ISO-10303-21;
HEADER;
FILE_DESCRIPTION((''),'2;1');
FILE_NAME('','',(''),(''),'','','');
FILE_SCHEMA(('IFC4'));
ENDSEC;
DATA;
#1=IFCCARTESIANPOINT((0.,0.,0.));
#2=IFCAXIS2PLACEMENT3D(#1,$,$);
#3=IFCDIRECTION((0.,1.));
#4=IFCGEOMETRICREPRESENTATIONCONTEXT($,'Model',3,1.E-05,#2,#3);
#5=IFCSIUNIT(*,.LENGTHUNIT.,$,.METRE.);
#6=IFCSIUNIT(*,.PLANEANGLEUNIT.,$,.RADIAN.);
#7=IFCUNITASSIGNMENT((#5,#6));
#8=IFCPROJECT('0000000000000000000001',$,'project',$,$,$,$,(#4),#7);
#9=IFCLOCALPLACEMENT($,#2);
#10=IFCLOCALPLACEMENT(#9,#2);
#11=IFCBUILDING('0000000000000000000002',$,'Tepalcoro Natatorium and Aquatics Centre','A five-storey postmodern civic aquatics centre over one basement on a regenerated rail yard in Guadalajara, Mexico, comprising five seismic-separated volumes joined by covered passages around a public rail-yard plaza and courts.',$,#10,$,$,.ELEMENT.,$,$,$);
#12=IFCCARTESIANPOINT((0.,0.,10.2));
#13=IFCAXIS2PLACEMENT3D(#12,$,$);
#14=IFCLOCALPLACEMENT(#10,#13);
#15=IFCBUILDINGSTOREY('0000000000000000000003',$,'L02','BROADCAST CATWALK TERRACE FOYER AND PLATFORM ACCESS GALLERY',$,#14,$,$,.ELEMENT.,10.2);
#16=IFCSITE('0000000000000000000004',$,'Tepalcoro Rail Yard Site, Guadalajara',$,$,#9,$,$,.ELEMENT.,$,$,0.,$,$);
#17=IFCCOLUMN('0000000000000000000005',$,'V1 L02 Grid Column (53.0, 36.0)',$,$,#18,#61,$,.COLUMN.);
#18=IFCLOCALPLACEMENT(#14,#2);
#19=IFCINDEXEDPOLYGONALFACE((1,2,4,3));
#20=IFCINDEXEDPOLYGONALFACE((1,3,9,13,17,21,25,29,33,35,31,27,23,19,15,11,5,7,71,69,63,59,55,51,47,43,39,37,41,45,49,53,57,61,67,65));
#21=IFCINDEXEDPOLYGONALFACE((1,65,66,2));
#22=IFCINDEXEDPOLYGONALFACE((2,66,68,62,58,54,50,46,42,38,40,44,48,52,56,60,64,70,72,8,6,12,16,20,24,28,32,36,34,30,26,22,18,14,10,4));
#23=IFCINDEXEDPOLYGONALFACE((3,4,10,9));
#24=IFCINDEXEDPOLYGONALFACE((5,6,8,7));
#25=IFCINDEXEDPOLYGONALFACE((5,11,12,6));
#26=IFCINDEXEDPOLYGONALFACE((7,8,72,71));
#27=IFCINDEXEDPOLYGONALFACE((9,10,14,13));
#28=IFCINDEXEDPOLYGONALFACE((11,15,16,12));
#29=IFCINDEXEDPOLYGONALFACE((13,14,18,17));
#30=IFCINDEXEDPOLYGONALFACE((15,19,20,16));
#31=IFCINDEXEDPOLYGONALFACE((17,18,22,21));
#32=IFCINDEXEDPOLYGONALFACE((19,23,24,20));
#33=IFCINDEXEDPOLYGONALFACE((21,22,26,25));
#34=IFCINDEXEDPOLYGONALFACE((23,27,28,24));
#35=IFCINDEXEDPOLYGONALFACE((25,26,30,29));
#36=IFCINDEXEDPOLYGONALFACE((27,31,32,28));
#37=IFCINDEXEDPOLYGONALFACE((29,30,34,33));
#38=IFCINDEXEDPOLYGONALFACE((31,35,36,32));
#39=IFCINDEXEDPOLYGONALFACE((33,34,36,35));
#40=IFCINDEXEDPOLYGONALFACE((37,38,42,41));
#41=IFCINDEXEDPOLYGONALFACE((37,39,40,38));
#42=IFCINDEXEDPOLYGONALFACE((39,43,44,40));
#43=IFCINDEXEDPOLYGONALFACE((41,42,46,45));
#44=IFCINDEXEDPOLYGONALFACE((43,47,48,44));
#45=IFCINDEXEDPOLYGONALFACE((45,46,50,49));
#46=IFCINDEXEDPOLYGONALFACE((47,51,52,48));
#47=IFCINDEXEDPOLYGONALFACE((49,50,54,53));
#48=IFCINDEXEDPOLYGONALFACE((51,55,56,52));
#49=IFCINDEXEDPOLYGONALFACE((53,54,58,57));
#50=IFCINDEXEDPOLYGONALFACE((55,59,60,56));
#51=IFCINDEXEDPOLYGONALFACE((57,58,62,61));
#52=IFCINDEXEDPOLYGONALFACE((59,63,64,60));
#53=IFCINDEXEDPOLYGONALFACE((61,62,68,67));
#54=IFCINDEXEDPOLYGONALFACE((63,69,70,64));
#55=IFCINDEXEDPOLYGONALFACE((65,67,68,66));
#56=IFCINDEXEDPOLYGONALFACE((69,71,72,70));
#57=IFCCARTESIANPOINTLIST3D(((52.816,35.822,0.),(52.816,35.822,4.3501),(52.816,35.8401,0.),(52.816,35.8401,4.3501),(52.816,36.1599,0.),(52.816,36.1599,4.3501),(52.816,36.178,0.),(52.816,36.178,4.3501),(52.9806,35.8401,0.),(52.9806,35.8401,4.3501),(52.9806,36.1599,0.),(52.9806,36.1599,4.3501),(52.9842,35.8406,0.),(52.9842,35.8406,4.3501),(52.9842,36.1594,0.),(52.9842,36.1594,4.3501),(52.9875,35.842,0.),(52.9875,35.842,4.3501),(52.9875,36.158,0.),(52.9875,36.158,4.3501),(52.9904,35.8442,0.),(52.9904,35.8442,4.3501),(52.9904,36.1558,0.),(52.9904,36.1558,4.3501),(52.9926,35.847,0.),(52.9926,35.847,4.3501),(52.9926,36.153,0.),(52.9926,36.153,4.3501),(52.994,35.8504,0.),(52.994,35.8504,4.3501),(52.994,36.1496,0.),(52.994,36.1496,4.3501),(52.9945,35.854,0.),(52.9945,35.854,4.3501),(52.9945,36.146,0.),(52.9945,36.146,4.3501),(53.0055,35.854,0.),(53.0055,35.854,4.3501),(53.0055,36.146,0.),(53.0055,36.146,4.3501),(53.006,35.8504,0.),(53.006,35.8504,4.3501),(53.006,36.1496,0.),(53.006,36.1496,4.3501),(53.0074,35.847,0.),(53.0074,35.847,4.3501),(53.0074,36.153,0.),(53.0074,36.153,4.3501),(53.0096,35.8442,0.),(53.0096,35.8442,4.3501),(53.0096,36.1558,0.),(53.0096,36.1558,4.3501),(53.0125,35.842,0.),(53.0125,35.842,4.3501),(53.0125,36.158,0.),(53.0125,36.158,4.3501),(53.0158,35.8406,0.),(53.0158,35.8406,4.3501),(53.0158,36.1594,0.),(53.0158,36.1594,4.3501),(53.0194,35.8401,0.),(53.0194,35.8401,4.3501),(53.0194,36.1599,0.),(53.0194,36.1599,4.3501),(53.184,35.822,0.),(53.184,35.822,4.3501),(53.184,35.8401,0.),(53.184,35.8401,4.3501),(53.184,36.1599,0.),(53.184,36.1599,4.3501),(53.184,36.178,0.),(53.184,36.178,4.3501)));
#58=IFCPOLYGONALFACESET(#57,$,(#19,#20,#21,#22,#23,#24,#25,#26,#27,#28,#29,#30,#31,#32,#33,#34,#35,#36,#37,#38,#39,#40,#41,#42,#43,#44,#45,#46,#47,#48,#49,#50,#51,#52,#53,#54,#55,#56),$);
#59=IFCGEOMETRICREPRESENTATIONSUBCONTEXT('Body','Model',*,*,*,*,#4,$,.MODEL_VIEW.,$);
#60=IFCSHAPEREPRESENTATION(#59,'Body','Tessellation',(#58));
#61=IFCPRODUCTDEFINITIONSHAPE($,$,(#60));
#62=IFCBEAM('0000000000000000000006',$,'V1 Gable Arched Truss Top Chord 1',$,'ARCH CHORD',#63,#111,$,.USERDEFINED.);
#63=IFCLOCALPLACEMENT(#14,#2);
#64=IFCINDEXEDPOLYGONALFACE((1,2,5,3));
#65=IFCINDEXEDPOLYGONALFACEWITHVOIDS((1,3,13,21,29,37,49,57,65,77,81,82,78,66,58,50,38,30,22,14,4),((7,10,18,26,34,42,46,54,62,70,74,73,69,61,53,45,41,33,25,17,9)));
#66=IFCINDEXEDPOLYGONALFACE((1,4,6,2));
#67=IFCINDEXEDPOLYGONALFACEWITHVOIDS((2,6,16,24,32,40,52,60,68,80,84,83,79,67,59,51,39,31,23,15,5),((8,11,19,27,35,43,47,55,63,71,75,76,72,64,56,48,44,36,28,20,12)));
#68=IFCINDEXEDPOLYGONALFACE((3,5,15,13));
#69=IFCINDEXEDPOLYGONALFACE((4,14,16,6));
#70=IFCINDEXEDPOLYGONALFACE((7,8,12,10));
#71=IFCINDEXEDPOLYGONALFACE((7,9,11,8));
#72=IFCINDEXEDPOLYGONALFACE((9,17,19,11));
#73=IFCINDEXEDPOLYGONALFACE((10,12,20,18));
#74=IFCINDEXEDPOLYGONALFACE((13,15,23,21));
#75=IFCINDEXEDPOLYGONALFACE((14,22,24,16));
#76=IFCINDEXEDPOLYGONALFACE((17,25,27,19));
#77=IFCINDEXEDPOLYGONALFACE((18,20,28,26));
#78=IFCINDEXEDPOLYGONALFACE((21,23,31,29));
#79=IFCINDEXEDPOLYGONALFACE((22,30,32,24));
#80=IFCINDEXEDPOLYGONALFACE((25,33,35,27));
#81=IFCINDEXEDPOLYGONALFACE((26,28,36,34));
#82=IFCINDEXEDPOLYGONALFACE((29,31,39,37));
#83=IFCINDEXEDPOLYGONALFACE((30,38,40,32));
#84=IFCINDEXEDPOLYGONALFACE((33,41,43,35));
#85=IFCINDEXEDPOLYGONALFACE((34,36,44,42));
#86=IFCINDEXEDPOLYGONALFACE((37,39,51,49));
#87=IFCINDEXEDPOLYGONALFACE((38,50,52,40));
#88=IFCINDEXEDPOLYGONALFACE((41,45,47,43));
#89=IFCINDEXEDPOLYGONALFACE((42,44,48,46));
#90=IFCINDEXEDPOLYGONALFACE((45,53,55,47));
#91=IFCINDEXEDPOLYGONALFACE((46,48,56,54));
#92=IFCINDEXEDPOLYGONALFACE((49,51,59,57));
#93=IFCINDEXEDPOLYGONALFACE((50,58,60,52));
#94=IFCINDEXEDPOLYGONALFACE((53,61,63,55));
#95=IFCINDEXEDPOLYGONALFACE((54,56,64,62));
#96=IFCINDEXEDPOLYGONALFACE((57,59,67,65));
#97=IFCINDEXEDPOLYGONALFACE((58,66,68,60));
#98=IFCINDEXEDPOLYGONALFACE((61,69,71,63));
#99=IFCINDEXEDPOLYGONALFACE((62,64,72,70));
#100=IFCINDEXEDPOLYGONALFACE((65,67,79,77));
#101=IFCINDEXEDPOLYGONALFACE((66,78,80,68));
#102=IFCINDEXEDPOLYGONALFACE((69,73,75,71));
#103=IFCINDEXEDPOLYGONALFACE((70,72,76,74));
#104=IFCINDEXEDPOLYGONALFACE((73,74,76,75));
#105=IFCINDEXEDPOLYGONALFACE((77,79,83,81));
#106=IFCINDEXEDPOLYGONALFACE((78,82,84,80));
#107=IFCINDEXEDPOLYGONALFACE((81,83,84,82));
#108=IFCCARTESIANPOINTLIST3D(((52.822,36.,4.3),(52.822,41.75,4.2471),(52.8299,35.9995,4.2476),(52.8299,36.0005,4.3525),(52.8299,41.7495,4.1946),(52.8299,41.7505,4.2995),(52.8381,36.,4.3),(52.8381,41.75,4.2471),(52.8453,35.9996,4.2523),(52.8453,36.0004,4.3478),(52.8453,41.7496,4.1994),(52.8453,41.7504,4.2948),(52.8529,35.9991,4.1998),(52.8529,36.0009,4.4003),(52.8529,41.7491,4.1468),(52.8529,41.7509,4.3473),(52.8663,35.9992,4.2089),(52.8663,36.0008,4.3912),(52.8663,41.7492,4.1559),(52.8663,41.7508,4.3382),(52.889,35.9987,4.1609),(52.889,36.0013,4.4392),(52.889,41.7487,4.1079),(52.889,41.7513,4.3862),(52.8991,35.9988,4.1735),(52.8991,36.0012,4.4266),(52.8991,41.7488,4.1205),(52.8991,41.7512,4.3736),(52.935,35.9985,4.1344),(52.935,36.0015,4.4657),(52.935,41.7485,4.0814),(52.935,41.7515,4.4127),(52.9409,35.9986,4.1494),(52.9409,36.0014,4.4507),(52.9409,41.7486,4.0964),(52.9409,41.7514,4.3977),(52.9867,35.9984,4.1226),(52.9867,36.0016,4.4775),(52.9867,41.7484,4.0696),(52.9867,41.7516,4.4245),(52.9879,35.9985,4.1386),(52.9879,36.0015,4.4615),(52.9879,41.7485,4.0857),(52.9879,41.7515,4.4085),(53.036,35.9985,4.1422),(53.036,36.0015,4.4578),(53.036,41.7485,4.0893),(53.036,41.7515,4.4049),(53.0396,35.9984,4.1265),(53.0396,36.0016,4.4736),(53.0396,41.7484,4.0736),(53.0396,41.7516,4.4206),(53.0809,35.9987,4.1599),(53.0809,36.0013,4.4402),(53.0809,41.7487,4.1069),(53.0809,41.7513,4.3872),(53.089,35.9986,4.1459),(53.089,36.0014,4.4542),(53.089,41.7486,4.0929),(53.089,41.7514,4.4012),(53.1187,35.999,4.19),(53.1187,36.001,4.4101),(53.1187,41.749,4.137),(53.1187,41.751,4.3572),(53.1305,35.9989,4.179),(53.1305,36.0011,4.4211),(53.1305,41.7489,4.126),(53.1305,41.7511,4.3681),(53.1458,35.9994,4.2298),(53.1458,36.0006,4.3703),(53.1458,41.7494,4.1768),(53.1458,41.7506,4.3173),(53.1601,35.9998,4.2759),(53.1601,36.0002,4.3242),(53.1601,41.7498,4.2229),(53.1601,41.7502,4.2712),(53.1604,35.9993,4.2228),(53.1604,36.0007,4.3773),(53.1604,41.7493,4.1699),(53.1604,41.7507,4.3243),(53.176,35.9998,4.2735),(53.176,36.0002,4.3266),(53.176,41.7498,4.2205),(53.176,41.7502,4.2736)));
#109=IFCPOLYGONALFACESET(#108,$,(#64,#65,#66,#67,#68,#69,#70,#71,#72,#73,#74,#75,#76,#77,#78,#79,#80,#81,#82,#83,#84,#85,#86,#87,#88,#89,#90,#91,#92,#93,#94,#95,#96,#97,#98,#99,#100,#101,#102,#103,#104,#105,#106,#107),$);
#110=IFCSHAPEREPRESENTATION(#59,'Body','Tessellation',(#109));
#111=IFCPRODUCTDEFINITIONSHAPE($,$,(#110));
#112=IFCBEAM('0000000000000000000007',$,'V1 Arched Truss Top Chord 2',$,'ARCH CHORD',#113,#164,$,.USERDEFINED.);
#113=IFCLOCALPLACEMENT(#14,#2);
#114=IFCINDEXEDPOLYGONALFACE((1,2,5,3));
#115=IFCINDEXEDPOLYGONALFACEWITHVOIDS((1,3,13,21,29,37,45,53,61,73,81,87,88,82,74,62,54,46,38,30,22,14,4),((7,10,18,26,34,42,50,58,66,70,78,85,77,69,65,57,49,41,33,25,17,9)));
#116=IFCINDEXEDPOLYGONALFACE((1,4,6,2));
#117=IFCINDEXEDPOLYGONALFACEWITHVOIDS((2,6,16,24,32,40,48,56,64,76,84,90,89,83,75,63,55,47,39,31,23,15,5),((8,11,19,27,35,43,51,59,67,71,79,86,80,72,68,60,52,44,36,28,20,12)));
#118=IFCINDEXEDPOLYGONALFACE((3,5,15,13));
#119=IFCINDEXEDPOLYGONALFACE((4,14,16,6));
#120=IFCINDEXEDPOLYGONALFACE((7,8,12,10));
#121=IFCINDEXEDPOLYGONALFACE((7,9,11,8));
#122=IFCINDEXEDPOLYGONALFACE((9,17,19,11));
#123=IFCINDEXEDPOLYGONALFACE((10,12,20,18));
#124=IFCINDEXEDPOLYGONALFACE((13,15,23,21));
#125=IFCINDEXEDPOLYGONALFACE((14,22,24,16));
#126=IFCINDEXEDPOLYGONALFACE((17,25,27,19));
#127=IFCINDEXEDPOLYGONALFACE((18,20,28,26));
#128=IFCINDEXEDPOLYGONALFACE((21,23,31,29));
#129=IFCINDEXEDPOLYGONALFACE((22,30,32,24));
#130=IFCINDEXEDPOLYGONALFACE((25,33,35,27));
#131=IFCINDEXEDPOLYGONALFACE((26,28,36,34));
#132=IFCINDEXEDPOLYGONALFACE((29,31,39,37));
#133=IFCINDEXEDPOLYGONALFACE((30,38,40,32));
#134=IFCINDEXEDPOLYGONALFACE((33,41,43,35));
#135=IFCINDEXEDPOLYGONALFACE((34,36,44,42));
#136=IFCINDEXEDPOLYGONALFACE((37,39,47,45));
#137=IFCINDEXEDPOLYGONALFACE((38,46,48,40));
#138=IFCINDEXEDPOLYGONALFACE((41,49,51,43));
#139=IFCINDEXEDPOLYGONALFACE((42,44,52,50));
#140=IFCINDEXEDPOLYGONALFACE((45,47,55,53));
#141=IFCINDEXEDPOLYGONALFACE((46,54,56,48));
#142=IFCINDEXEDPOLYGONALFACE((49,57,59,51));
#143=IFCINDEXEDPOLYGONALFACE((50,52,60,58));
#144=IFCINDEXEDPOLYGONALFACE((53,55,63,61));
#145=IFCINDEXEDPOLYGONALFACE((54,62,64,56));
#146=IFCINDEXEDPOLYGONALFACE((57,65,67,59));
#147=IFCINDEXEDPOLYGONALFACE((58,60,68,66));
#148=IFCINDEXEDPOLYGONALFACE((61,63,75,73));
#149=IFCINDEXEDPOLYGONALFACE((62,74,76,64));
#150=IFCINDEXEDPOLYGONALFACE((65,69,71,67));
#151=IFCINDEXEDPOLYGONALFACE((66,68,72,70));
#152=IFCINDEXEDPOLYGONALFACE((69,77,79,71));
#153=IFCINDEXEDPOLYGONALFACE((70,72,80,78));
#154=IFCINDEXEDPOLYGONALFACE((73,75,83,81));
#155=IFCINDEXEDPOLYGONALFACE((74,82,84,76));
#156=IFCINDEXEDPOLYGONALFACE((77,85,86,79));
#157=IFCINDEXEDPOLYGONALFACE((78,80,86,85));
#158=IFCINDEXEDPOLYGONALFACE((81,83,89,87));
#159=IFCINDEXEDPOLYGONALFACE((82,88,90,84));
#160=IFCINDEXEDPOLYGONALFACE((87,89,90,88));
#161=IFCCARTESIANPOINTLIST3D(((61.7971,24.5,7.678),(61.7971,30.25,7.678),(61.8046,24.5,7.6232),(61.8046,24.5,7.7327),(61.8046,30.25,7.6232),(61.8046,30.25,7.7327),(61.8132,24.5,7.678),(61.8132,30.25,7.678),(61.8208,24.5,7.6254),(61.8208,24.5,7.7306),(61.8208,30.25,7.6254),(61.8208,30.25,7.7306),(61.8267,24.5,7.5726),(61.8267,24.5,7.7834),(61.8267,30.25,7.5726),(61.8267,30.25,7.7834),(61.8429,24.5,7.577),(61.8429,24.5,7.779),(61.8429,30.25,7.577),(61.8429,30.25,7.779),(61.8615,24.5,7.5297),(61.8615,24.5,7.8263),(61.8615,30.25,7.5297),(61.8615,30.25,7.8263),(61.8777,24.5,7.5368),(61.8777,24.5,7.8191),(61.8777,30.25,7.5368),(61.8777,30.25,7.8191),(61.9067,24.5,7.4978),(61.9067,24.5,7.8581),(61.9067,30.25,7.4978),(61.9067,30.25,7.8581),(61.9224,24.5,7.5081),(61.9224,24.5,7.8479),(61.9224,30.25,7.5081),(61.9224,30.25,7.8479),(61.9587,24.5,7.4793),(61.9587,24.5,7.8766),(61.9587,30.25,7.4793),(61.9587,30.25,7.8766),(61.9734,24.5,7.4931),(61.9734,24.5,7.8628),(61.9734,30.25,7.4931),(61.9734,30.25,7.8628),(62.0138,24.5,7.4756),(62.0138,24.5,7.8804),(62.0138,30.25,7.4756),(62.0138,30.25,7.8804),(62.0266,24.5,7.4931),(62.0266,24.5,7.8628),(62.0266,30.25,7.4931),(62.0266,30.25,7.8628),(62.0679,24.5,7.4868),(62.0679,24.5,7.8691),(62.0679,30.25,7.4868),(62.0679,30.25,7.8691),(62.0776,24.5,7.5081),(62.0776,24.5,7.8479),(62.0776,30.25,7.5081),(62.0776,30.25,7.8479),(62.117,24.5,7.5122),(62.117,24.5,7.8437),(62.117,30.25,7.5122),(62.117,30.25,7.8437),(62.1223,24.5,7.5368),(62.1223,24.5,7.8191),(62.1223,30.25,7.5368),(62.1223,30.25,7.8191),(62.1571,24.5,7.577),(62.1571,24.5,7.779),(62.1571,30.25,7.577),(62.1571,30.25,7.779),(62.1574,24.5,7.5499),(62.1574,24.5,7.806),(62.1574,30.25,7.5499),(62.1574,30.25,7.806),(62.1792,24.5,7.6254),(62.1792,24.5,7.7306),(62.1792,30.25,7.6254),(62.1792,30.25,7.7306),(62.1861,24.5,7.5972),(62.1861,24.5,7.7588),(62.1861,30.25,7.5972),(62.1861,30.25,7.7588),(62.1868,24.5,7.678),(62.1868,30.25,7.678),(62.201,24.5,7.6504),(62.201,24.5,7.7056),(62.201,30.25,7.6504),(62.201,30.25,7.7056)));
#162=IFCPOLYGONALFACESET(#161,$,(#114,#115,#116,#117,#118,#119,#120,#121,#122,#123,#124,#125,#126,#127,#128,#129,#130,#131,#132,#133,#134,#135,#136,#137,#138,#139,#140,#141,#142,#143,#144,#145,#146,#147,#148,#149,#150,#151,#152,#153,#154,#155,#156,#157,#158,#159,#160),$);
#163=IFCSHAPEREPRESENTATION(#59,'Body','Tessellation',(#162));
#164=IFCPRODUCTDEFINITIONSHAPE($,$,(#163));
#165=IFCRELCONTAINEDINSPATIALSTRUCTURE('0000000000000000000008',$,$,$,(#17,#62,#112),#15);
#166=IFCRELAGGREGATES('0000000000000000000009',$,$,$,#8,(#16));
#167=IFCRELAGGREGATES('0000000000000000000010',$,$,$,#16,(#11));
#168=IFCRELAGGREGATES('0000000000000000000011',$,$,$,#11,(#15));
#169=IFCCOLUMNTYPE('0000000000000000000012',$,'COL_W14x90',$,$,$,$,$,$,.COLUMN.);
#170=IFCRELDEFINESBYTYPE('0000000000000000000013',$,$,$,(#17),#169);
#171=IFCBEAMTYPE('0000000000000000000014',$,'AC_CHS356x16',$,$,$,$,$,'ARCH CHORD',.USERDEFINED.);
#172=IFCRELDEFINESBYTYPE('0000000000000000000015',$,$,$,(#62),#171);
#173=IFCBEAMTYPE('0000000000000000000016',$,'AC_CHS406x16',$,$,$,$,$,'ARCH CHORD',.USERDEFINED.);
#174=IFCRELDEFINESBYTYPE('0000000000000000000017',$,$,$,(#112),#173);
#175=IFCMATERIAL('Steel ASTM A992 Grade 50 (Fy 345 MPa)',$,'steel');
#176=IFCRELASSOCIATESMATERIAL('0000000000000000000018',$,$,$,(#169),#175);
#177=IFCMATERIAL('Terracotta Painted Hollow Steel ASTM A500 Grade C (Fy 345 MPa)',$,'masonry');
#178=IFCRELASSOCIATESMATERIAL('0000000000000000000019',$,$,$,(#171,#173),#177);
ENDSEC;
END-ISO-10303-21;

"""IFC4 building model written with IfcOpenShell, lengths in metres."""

from ifc_helpers import new_model, si_unit, direction, frame, origin, origin_2d, place, context, subcontext, project, spatial, hollow_circle, i_section, extrude, material, material_profile, profile_set, type_object, element, save


model = new_model("IFC4")

# Units and contexts
model_context = context("Model", 3, precision=1e-05, world=origin(), true_north=direction((0.0, 1.0)))
body_context = subcontext(model_context, "Body", "Model", "MODEL_VIEW")
ifc_project = project(units=[si_unit("LENGTHUNIT", "METRE"), si_unit("PLANEANGLEUNIT", "RADIAN")], contexts=[model_context])

# Site, building, storey
site_placement = place(None, origin())
site = spatial("IfcSite", under=ifc_project, at=site_placement, Name="Tepalcoro Rail Yard Site, Guadalajara", CompositionType="ELEMENT", RefElevation=0.0)
building_placement = place(site_placement, origin())
building = spatial("IfcBuilding", under=site, at=building_placement, Name="Tepalcoro Natatorium and Aquatics Centre", Description="A five-storey postmodern civic aquatics centre over one basement on a regenerated rail yard in Guadalajara, Mexico, comprising five seismic-separated volumes joined by covered passages around a public rail-yard plaza and courts.", CompositionType="ELEMENT")
storey_placement = place(building_placement, frame((0.0, 0.0, 10.2)))
storey = spatial("IfcBuildingStorey", under=building, at=storey_placement, Name="L02", Description="BROADCAST CATWALK TERRACE FOYER AND PLATFORM ACCESS GALLERY", CompositionType="ELEMENT", Elevation=10.2)

# Column
ifc_material_1 = material(Name="Steel ASTM A992 Grade 50 (Fy 345 MPa)", Category="steel")
ifc_material_profile_1 = material_profile(ifc_material_1, i_section(OverallWidth=0.3679, OverallDepth=0.356, WebThickness=0.011, FlangeThickness=0.0181, FilletRadius=0.0139, at=origin_2d()), Name="W14X90")
ifc_profile_set_1 = profile_set([ifc_material_profile_1], Name="Steel ASTM A992 Grade 50 (Fy 345 MPa)")
column_type = type_object("IfcColumnType", Name="COL_W14x90", PredefinedType="COLUMN", material=ifc_profile_set_1)
column_placement = place(storey_placement, frame((53.0, 36.0, 0.0), z_axis=(0.0, 0.0, 1.0), x_axis=(1.0, 0.0, 0.0)))
element("IfcColumn", 1, at=column_placement, inside=storey, type_object=column_type, Name="V1 L02 Grid Column (53.0, 36.0)", PredefinedType="COLUMN", context=body_context, shape_type="SweptSolid", body=[
    extrude(i_section(OverallWidth=0.3679, OverallDepth=0.356, WebThickness=0.011, FlangeThickness=0.0181, FilletRadius=0.0139, at=origin_2d()), origin(), (0.0, 0.0, 1.0), 4.3501),
])

# Beams
ifc_material_2 = material(Name="Terracotta Painted Hollow Steel ASTM A500 Grade C (Fy 345 MPa)", Category="masonry")
ifc_material_profile_2 = material_profile(ifc_material_2, hollow_circle(Radius=0.178, WallThickness=0.0161, at=origin_2d()), Name="CHS356X16")
ifc_profile_set_2 = profile_set([ifc_material_profile_2], Name="Terracotta Painted Hollow Steel ASTM A500 Grade C (Fy 345 MPa)")
beam_type_1 = type_object("IfcBeamType", Name="AC_CHS356x16", ElementType="ARCH CHORD", PredefinedType="USERDEFINED", material=ifc_profile_set_2)
beam_placement = place(storey_placement, frame((53.0, 36.0, 4.3), z_axis=(0.0, 0.999958, -0.009213), x_axis=(-1.0, 0.0, 0.0)))
element("IfcBeam", 2, at=beam_placement, inside=storey, type_object=beam_type_1, Name="V1 Gable Arched Truss Top Chord 1", ObjectType="ARCH CHORD", PredefinedType="USERDEFINED", context=body_context, shape_type="SweptSolid", body=[
    extrude(hollow_circle(Radius=0.178, WallThickness=0.0161, at=origin_2d()), origin(), (0.0, 0.0, 1.0), 5.7502),
])
ifc_material_profile_3 = material_profile(ifc_material_2, hollow_circle(Radius=0.2029, WallThickness=0.0161, at=origin_2d()), Name="CHS406X16")
ifc_profile_set_3 = profile_set([ifc_material_profile_3], Name="Terracotta Painted Hollow Steel ASTM A500 Grade C (Fy 345 MPa)")
beam_type_2 = type_object("IfcBeamType", Name="AC_CHS406x16", ElementType="ARCH CHORD", PredefinedType="USERDEFINED", material=ifc_profile_set_3)
for number, where, z_axis, x_axis, name in (
    (3, (62.0, 24.5, 7.678), (0.0, 1.0, 0.0), (-1.0, 0.0, 0.0), "V1 Arched Truss Top Chord 2"),
):
    element("IfcBeam", number, at=place(storey_placement, frame(where, z_axis=z_axis, x_axis=x_axis)), inside=storey, type_object=beam_type_2, Name=name, ObjectType="ARCH CHORD", PredefinedType="USERDEFINED", context=body_context, shape_type="SweptSolid", body=[
        extrude(hollow_circle(Radius=0.2029, WallThickness=0.0161, at=origin_2d()), origin(), (0.0, 0.0, 1.0), 5.75),
    ])

save(model, "model.ifc")
